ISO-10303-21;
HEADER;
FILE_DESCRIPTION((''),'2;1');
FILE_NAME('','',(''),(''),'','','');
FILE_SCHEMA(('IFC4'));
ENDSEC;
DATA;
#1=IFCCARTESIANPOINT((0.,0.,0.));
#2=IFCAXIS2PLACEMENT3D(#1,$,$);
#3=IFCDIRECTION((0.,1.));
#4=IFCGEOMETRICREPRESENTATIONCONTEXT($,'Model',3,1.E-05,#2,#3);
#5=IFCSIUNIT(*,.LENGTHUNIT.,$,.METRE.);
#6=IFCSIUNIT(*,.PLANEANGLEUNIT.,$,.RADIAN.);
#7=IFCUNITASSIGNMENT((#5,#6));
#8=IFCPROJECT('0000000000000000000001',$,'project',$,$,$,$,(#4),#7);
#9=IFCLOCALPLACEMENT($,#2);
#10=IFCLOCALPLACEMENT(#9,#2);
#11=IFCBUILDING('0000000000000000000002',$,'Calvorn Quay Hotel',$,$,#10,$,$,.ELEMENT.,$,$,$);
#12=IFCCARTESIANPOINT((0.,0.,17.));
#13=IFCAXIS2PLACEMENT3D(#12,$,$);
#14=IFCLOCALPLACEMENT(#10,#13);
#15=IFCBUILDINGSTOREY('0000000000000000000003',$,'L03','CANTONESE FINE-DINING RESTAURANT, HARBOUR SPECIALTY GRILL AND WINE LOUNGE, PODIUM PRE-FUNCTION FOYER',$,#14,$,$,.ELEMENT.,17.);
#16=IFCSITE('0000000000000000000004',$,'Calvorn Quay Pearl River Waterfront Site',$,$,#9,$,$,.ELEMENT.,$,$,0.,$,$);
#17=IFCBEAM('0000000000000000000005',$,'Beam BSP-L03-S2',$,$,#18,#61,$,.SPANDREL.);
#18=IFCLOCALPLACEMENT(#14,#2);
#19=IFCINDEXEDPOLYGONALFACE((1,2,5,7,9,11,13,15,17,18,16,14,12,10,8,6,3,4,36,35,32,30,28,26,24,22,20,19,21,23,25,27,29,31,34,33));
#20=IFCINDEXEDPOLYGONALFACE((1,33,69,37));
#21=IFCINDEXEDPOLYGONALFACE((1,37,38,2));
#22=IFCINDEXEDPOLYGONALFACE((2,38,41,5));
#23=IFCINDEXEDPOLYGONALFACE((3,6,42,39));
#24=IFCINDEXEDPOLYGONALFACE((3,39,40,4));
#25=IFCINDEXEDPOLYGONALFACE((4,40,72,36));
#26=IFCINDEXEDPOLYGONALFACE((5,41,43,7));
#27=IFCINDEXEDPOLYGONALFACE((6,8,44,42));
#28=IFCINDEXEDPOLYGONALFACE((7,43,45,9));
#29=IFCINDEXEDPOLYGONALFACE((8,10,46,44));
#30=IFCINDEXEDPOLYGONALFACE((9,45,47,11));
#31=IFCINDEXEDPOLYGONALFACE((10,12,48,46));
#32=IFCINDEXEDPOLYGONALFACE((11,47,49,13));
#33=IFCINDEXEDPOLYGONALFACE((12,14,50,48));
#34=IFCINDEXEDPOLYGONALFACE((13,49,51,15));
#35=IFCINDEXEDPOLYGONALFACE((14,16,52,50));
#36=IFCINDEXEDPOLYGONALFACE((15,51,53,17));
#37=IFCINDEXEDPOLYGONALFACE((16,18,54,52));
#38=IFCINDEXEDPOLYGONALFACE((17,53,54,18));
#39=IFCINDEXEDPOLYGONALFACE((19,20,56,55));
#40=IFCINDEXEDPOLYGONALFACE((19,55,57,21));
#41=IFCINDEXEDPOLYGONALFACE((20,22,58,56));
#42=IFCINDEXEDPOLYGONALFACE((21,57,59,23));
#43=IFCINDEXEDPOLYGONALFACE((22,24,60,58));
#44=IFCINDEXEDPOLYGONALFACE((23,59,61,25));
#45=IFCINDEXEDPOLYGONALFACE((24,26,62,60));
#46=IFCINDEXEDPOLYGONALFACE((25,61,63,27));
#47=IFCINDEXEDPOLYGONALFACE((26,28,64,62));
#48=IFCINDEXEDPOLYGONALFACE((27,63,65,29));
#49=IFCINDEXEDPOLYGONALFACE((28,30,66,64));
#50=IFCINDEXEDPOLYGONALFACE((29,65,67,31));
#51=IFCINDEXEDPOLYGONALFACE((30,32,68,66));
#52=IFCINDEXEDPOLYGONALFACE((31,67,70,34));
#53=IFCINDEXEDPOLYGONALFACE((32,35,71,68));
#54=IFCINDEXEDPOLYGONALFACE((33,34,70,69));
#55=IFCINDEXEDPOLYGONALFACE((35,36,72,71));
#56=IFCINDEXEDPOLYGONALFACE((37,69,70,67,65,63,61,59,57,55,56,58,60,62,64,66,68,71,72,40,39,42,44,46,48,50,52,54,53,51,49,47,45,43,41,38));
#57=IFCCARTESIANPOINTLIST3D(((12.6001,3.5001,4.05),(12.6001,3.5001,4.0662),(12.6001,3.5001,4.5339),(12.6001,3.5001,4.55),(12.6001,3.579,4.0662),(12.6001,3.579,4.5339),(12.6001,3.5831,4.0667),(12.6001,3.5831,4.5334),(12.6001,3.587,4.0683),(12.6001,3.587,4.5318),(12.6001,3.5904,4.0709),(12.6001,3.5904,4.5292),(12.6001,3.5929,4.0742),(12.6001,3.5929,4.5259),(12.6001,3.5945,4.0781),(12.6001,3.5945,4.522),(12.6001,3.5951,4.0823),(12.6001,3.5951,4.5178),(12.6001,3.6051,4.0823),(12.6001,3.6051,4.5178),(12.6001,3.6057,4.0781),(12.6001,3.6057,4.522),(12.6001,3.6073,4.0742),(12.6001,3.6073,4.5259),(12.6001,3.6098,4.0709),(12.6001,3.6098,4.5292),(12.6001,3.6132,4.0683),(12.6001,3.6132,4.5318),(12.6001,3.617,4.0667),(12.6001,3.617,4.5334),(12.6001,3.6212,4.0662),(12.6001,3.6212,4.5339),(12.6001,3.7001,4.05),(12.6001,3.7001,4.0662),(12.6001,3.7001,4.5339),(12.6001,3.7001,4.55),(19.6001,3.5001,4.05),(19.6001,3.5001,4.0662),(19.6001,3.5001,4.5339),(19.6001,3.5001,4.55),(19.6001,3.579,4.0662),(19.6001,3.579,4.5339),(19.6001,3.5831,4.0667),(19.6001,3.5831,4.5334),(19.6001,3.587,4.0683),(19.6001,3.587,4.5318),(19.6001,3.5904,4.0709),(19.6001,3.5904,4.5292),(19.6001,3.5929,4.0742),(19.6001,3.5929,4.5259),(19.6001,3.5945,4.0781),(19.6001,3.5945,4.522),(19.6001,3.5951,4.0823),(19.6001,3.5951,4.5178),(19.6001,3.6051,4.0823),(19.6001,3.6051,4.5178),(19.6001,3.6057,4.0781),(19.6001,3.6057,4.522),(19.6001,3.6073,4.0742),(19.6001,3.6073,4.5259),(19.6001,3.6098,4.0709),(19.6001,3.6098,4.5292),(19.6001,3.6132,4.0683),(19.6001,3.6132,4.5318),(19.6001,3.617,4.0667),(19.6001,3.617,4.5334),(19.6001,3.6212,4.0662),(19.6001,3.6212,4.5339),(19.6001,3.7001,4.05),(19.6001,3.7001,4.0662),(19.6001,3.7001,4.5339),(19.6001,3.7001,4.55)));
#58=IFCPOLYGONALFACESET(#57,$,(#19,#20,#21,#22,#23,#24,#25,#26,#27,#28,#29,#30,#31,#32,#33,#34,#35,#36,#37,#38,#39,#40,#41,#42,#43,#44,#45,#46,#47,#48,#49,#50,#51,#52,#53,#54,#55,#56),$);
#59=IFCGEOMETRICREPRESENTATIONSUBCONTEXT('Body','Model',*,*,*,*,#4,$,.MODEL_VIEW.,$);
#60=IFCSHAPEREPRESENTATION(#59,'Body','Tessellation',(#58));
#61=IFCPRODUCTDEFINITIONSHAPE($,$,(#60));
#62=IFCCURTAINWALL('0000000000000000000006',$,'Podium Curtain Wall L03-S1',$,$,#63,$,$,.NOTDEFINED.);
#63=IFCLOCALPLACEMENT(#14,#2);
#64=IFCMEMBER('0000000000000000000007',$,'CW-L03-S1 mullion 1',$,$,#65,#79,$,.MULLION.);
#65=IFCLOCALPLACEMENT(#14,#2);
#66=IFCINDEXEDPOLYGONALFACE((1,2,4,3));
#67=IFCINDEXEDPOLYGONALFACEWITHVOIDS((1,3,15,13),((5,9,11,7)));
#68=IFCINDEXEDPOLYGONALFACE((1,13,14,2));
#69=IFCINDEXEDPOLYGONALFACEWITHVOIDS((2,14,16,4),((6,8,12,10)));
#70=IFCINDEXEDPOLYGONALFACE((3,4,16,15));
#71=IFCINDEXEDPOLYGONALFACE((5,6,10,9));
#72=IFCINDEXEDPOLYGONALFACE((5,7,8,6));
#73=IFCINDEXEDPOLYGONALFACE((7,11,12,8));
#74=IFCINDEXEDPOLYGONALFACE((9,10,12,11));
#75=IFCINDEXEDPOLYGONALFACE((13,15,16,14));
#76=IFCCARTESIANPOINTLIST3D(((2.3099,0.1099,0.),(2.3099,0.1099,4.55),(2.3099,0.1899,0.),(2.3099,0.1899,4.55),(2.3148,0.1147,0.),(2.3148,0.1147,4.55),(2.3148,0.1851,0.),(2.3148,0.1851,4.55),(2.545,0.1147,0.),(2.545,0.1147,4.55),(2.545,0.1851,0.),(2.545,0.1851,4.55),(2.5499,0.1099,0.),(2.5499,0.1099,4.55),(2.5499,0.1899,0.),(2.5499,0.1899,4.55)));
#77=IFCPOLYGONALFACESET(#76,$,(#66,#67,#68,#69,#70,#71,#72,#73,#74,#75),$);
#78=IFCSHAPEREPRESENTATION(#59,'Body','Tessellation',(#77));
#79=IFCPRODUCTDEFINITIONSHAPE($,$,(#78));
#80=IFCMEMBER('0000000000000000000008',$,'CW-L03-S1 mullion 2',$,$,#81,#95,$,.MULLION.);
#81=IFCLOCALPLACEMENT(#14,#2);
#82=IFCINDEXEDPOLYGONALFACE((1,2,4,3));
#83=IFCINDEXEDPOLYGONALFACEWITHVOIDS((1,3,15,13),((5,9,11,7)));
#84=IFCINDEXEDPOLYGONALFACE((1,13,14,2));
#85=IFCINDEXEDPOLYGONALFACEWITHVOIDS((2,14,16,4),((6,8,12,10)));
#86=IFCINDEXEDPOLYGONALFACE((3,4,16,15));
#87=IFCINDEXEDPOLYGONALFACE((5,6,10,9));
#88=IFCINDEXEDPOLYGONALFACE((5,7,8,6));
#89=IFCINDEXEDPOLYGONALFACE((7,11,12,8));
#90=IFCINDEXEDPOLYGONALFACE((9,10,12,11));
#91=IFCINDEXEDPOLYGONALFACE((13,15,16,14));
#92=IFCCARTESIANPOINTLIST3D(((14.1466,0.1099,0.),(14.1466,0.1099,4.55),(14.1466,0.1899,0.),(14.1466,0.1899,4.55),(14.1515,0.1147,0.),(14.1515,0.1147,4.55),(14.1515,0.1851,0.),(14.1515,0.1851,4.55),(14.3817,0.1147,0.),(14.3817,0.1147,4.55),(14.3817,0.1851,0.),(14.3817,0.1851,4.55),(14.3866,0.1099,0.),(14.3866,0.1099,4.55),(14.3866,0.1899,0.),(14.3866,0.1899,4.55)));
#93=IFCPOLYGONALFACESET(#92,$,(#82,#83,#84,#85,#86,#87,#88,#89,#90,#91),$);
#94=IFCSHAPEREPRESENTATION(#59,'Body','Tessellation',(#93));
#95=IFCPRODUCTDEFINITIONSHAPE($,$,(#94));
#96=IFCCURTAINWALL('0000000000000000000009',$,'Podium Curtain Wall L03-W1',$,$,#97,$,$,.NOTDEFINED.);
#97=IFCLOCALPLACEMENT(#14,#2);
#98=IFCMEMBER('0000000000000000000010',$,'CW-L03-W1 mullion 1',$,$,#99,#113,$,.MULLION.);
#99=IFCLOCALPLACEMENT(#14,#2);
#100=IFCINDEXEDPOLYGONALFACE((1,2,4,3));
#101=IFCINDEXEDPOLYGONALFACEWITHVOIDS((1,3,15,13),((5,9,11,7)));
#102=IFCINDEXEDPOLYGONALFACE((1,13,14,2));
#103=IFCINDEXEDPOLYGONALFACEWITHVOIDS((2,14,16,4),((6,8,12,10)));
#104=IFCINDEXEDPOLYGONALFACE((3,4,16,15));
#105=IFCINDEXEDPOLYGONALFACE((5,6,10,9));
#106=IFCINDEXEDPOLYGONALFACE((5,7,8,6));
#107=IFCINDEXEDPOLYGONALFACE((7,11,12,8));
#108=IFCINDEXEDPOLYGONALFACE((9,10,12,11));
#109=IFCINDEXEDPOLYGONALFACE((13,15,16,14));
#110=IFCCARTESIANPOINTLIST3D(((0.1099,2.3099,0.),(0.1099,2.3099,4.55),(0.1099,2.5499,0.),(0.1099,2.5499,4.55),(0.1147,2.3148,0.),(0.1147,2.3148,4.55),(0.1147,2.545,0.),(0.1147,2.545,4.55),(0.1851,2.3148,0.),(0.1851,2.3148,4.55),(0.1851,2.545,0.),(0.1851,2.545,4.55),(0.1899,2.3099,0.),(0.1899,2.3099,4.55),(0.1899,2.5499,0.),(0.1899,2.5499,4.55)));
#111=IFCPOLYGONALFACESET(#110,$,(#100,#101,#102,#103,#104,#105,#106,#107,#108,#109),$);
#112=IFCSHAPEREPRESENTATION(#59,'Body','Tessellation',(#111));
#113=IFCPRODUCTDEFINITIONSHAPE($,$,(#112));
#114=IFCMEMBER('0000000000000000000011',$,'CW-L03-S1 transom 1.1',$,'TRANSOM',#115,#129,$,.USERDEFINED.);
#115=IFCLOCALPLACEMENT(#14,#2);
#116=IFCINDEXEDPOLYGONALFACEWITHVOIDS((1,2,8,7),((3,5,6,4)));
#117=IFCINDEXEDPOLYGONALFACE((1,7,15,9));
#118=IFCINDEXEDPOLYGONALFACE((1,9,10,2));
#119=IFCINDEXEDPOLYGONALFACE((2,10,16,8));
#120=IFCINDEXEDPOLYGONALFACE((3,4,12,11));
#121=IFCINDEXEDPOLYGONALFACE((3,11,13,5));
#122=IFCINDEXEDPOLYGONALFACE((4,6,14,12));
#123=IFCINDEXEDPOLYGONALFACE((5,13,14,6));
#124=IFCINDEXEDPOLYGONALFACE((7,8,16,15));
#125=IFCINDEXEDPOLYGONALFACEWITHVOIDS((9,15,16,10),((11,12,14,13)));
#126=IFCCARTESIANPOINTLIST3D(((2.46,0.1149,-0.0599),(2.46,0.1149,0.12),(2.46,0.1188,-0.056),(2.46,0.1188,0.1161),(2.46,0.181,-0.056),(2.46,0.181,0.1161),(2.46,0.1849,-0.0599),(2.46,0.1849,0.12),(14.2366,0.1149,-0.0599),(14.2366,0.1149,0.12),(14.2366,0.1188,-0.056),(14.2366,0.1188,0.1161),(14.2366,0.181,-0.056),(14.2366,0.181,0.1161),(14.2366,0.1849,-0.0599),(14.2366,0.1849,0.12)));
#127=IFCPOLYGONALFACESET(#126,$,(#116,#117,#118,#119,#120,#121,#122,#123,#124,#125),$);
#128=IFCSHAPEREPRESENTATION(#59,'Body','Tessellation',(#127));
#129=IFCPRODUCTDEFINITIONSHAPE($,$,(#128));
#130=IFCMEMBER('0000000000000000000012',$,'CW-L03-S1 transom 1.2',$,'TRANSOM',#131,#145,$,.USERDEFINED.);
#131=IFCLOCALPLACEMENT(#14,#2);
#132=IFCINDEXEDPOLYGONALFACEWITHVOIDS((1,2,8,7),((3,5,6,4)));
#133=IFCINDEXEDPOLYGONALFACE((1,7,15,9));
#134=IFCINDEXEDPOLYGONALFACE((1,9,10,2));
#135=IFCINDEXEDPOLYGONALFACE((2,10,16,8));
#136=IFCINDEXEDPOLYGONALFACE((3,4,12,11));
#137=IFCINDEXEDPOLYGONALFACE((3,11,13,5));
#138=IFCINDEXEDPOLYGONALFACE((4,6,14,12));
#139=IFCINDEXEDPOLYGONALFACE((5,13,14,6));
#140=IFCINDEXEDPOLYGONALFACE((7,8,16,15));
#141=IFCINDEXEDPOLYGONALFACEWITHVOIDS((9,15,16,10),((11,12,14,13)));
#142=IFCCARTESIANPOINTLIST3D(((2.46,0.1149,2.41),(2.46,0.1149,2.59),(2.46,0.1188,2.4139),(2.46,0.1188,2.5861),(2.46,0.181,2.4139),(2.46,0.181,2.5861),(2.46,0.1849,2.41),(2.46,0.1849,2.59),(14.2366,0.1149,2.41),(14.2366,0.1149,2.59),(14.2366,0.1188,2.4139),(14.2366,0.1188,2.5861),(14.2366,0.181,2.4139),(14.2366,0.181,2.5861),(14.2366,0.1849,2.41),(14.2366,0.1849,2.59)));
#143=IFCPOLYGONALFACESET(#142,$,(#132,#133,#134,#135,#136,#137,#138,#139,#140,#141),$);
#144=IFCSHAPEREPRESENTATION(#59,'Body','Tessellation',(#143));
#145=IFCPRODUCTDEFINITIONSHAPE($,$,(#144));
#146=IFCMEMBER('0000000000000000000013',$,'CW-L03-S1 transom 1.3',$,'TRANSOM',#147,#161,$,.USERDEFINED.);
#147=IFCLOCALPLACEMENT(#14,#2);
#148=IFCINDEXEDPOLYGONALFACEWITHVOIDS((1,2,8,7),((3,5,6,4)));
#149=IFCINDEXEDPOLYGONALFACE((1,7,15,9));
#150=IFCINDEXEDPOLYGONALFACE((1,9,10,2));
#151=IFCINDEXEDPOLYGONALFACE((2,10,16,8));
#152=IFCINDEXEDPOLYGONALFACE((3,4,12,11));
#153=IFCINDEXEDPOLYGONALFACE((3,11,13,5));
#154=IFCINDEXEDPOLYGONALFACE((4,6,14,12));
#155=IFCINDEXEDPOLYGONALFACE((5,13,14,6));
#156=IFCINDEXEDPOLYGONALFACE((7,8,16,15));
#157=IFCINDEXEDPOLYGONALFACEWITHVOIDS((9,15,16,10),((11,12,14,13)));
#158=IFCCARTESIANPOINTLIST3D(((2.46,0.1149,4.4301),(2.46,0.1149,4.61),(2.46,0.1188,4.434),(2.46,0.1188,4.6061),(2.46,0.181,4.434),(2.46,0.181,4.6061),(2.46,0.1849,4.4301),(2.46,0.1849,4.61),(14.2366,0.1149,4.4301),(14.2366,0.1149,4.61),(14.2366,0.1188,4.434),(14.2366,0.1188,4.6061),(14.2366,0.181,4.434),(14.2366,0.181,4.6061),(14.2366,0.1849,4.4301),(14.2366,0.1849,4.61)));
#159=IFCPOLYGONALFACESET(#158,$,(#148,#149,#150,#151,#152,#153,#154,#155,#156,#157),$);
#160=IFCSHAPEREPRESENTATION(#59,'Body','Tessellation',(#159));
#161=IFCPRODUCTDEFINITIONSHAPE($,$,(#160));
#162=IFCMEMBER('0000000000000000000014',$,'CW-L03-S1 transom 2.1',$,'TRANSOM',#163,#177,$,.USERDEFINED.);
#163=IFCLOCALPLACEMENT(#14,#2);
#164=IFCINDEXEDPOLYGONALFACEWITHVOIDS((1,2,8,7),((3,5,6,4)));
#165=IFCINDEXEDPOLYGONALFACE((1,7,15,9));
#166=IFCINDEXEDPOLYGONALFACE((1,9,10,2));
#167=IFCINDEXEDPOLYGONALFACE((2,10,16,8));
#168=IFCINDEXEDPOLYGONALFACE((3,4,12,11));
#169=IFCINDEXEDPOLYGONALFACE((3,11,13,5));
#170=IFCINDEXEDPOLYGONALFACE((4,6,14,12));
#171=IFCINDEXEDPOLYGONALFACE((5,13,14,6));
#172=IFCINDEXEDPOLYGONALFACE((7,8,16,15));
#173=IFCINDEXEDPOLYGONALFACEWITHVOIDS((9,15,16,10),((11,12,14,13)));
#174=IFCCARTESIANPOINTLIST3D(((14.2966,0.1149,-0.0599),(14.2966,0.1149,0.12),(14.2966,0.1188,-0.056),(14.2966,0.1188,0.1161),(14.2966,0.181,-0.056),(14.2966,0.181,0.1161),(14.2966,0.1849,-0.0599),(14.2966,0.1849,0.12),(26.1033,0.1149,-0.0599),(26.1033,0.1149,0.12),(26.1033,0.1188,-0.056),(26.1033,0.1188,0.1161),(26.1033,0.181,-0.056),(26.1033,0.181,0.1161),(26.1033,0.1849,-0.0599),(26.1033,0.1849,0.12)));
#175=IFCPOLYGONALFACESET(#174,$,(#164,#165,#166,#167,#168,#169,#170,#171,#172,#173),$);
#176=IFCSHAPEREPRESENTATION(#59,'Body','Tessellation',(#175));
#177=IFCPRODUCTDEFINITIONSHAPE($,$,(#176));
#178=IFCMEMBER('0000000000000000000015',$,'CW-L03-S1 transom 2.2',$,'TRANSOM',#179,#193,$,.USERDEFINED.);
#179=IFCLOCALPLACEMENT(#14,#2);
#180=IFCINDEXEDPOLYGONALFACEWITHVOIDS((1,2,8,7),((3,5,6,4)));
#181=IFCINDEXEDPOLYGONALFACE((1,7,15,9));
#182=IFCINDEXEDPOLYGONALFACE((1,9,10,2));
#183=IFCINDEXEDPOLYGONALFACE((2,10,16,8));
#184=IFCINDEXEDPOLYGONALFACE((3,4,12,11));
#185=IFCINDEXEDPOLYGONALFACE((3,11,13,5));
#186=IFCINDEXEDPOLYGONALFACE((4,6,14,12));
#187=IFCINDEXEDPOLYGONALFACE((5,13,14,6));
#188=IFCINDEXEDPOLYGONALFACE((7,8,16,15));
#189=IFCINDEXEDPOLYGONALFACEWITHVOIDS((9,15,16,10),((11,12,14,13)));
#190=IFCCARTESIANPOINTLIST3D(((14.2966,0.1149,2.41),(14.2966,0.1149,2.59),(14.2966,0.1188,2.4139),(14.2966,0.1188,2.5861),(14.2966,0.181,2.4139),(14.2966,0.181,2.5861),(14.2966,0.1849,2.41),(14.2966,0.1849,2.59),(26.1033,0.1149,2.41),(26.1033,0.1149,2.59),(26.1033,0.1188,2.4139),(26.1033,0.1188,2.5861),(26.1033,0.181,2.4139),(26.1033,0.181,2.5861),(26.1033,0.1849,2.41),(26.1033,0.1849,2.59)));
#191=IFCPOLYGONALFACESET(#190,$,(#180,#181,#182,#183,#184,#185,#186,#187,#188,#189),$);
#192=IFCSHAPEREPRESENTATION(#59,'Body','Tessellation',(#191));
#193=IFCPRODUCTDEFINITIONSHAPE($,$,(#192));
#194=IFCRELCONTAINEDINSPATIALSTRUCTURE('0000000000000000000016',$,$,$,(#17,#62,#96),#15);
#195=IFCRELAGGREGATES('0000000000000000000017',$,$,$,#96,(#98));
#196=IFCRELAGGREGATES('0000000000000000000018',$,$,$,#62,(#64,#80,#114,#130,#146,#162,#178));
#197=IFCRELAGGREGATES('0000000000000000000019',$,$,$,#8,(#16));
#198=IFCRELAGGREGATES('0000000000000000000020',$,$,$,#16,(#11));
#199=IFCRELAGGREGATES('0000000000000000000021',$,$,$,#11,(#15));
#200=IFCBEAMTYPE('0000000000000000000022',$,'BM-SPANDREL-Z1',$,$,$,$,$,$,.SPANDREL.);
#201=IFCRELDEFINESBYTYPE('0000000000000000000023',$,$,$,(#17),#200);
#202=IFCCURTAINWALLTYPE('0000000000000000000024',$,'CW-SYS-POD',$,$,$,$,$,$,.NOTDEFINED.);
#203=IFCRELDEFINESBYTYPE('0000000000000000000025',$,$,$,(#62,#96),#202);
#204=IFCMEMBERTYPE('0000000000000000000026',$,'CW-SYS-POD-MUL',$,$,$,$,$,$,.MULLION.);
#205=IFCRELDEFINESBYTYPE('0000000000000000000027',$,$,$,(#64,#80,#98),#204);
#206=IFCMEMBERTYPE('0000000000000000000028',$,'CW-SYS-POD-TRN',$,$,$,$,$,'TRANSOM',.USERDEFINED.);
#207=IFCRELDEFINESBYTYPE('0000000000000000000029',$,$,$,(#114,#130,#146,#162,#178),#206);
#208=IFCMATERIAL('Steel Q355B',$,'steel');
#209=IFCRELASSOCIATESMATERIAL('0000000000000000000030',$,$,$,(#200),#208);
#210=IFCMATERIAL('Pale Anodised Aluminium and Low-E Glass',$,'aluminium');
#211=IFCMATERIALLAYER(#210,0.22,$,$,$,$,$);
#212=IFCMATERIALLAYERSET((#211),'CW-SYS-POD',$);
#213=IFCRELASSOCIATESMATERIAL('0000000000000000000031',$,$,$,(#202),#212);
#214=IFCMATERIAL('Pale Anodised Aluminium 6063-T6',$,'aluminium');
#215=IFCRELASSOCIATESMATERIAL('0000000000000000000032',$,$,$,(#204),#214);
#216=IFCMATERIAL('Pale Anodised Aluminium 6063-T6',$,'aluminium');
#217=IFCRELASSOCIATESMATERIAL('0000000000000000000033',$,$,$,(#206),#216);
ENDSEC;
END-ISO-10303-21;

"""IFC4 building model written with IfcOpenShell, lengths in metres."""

from ifc_helpers import new_model, si_unit, direction, frame, origin, origin_2d, place, context, subcontext, project, spatial, hollow_rectangle, i_section, extrude, material, layer, layer_set, material_profile, profile_set, type_object, element, aggregate, save


model = new_model("IFC4")

# Units and contexts
model_context = context("Model", 3, precision=1e-05, world=origin(), true_north=direction((0.0, 1.0)))
body_context = subcontext(model_context, "Body", "Model", "MODEL_VIEW")
ifc_project = project(units=[si_unit("LENGTHUNIT", "METRE"), si_unit("PLANEANGLEUNIT", "RADIAN")], contexts=[model_context])

# Site, building, storey
site_placement = place(None, origin())
site = spatial("IfcSite", under=ifc_project, at=site_placement, Name="Calvorn Quay Pearl River Waterfront Site", CompositionType="ELEMENT", RefElevation=0.0)
building_placement = place(site_placement, origin())
building = spatial("IfcBuilding", under=site, at=building_placement, Name="Calvorn Quay Hotel", CompositionType="ELEMENT")
storey_placement = place(building_placement, frame((0.0, 0.0, 17.0)))
storey = spatial("IfcBuildingStorey", under=building, at=storey_placement, Name="L03", Description="CANTONESE FINE-DINING RESTAURANT, HARBOUR SPECIALTY GRILL AND WINE LOUNGE, PODIUM PRE-FUNCTION FOYER", CompositionType="ELEMENT", Elevation=17.0)

# Beam
ifc_material_1 = material(Name="Steel Q355B", Category="steel")
ifc_material_profile_1 = material_profile(ifc_material_1, i_section(OverallWidth=0.2, OverallDepth=0.5, WebThickness=0.01, FlangeThickness=0.0161, FilletRadius=0.0161, at=origin_2d()), Name="HN500x200x10x16")
ifc_profile_set_1 = profile_set([ifc_material_profile_1], Name="Steel Q355B")
beam_type_1 = type_object("IfcBeamType", Name="BM-SPANDREL-Z1", PredefinedType="SPANDREL", material=ifc_profile_set_1)
beam_1_placement = place(storey_placement, frame((12.6001, 3.6001, 4.3), z_axis=(1.0, 0.0, 0.0), x_axis=(0.0, 1.0, 0.0)))
element("IfcBeam", 1, at=beam_1_placement, inside=storey, type_object=beam_type_1, Name="Beam BSP-L03-S2", PredefinedType="SPANDREL", context=body_context, shape_type="SweptSolid", body=[
    extrude(i_section(OverallWidth=0.2, OverallDepth=0.5, WebThickness=0.01, FlangeThickness=0.0161, FilletRadius=0.0161, at=origin_2d()), origin(), (0.0, 0.0, 1.0), 7.0),
])

# Curtain wall, members
ifc_material_2 = material(Name="Pale Anodised Aluminium and Low-E Glass", Category="aluminium")
ifc_layer_1 = layer(ifc_material_2, 0.22)
ifc_layer_set_1 = layer_set([ifc_layer_1], Name="CW-SYS-POD")
curtain_wall_type = type_object("IfcCurtainWallType", Name="CW-SYS-POD", PredefinedType="NOTDEFINED", material=ifc_layer_set_1)
curtain_wall_1_placement = place(storey_placement, origin())
curtain_wall_1 = element("IfcCurtainWall", 2, at=curtain_wall_1_placement, inside=storey, type_object=curtain_wall_type, Name="Podium Curtain Wall L03-S1", PredefinedType="NOTDEFINED")
ifc_material_3 = material(Name="Pale Anodised Aluminium 6063-T6", Category="aluminium")
ifc_material_profile_2 = material_profile(ifc_material_3, hollow_rectangle(XDim=0.0801, YDim=0.24, WallThickness=0.0049, at=origin_2d()), Name="ALU-M240x80x5")
ifc_profile_set_2 = profile_set([ifc_material_profile_2], Name="Pale Anodised Aluminium 6063-T6")
member_type_1 = type_object("IfcMemberType", Name="CW-SYS-POD-MUL", PredefinedType="MULLION", material=ifc_profile_set_2)
member_1_placement = place(storey_placement, frame((2.4299, 0.1499, 0.0), z_axis=(0.0, 0.0, 1.0), x_axis=(0.0, 1.0, 0.0)))
member_1 = element("IfcMember", 3, at=member_1_placement, type_object=member_type_1, Name="CW-L03-S1 mullion 1", PredefinedType="MULLION", context=body_context, shape_type="SweptSolid", body=[
    extrude(hollow_rectangle(XDim=0.0801, YDim=0.24, WallThickness=0.0049, at=origin_2d()), origin(), (0.0, 0.0, 1.0), 4.55),
])
member_2_placement = place(storey_placement, frame((14.2666, 0.1499, 0.0), z_axis=(0.0, 0.0, 1.0), x_axis=(0.0, 1.0, 0.0)))
member_2 = element("IfcMember", 4, at=member_2_placement, type_object=member_type_1, Name="CW-L03-S1 mullion 2", PredefinedType="MULLION", context=body_context, shape_type="SweptSolid", body=[
    extrude(hollow_rectangle(XDim=0.0801, YDim=0.24, WallThickness=0.0049, at=origin_2d()), origin(), (0.0, 0.0, 1.0), 4.55),
])

# Curtain wall, member
curtain_wall_2_placement = place(storey_placement, origin())
curtain_wall_2 = element("IfcCurtainWall", 5, at=curtain_wall_2_placement, inside=storey, type_object=curtain_wall_type, Name="Podium Curtain Wall L03-W1", PredefinedType="NOTDEFINED")
member_3_placement = place(storey_placement, frame((0.1499, 2.4299, 0.0), z_axis=(0.0, 0.0, 1.0), x_axis=(-1.0, 0.0, 0.0)))
member_3 = element("IfcMember", 6, at=member_3_placement, type_object=member_type_1, Name="CW-L03-W1 mullion 1", PredefinedType="MULLION", context=body_context, shape_type="SweptSolid", body=[
    extrude(hollow_rectangle(XDim=0.0801, YDim=0.24, WallThickness=0.0049, at=origin_2d()), origin(), (0.0, 0.0, 1.0), 4.55),
])

# Members
ifc_material_4 = material(Name="Pale Anodised Aluminium 6063-T6", Category="aluminium")
ifc_material_profile_3 = material_profile(ifc_material_4, hollow_rectangle(XDim=0.0701, YDim=0.1799, WallThickness=0.0039, at=origin_2d()), Name="ALU-T180x70x4")
ifc_profile_set_3 = profile_set([ifc_material_profile_3], Name="Pale Anodised Aluminium 6063-T6")
member_type_2 = type_object("IfcMemberType", Name="CW-SYS-POD-TRN", ElementType="TRANSOM", PredefinedType="USERDEFINED", material=ifc_profile_set_3)
member_4_placement = place(storey_placement, frame((2.46, 0.1499, 0.03), z_axis=(1.0, 0.0, 0.0), x_axis=(0.0, 1.0, 0.0)))
member_4 = element("IfcMember", 7, at=member_4_placement, type_object=member_type_2, Name="CW-L03-S1 transom 1.1", ObjectType="TRANSOM", PredefinedType="USERDEFINED", context=body_context, shape_type="SweptSolid", body=[
    extrude(hollow_rectangle(XDim=0.0701, YDim=0.1799, WallThickness=0.0039, at=origin_2d()), origin(), (0.0, 0.0, 1.0), 11.7766),
])
member_5_placement = place(storey_placement, frame((2.46, 0.1499, 2.5), z_axis=(1.0, 0.0, 0.0), x_axis=(0.0, 1.0, 0.0)))
member_5 = element("IfcMember", 8, at=member_5_placement, type_object=member_type_2, Name="CW-L03-S1 transom 1.2", ObjectType="TRANSOM", PredefinedType="USERDEFINED", context=body_context, shape_type="SweptSolid", body=[
    extrude(hollow_rectangle(XDim=0.0701, YDim=0.1799, WallThickness=0.0039, at=origin_2d()), origin(), (0.0, 0.0, 1.0), 11.7766),
])
member_6_placement = place(storey_placement, frame((2.46, 0.1499, 4.52), z_axis=(1.0, 0.0, 0.0), x_axis=(0.0, 1.0, 0.0)))
member_6 = element("IfcMember", 9, at=member_6_placement, type_object=member_type_2, Name="CW-L03-S1 transom 1.3", ObjectType="TRANSOM", PredefinedType="USERDEFINED", context=body_context, shape_type="SweptSolid", body=[
    extrude(hollow_rectangle(XDim=0.0701, YDim=0.1799, WallThickness=0.0039, at=origin_2d()), origin(), (0.0, 0.0, 1.0), 11.7766),
])
member_7_placement = place(storey_placement, frame((14.2966, 0.1499, 0.03), z_axis=(1.0, 0.0, 0.0), x_axis=(0.0, 1.0, 0.0)))
member_7 = element("IfcMember", 10, at=member_7_placement, type_object=member_type_2, Name="CW-L03-S1 transom 2.1", ObjectType="TRANSOM", PredefinedType="USERDEFINED", context=body_context, shape_type="SweptSolid", body=[
    extrude(hollow_rectangle(XDim=0.0701, YDim=0.1799, WallThickness=0.0039, at=origin_2d()), origin(), (0.0, 0.0, 1.0), 11.8066),
])
member_8_placement = place(storey_placement, frame((14.2966, 0.1499, 2.5), z_axis=(1.0, 0.0, 0.0), x_axis=(0.0, 1.0, 0.0)))
member_8 = element("IfcMember", 11, at=member_8_placement, type_object=member_type_2, Name="CW-L03-S1 transom 2.2", ObjectType="TRANSOM", PredefinedType="USERDEFINED", context=body_context, shape_type="SweptSolid", body=[
    extrude(hollow_rectangle(XDim=0.0701, YDim=0.1799, WallThickness=0.0039, at=origin_2d()), origin(), (0.0, 0.0, 1.0), 11.8066),
])
aggregate(curtain_wall_2, [member_3])

aggregate(curtain_wall_1, [member_1, member_2, member_4, member_5, member_6, member_7, member_8])

save(model, "model.ifc")
